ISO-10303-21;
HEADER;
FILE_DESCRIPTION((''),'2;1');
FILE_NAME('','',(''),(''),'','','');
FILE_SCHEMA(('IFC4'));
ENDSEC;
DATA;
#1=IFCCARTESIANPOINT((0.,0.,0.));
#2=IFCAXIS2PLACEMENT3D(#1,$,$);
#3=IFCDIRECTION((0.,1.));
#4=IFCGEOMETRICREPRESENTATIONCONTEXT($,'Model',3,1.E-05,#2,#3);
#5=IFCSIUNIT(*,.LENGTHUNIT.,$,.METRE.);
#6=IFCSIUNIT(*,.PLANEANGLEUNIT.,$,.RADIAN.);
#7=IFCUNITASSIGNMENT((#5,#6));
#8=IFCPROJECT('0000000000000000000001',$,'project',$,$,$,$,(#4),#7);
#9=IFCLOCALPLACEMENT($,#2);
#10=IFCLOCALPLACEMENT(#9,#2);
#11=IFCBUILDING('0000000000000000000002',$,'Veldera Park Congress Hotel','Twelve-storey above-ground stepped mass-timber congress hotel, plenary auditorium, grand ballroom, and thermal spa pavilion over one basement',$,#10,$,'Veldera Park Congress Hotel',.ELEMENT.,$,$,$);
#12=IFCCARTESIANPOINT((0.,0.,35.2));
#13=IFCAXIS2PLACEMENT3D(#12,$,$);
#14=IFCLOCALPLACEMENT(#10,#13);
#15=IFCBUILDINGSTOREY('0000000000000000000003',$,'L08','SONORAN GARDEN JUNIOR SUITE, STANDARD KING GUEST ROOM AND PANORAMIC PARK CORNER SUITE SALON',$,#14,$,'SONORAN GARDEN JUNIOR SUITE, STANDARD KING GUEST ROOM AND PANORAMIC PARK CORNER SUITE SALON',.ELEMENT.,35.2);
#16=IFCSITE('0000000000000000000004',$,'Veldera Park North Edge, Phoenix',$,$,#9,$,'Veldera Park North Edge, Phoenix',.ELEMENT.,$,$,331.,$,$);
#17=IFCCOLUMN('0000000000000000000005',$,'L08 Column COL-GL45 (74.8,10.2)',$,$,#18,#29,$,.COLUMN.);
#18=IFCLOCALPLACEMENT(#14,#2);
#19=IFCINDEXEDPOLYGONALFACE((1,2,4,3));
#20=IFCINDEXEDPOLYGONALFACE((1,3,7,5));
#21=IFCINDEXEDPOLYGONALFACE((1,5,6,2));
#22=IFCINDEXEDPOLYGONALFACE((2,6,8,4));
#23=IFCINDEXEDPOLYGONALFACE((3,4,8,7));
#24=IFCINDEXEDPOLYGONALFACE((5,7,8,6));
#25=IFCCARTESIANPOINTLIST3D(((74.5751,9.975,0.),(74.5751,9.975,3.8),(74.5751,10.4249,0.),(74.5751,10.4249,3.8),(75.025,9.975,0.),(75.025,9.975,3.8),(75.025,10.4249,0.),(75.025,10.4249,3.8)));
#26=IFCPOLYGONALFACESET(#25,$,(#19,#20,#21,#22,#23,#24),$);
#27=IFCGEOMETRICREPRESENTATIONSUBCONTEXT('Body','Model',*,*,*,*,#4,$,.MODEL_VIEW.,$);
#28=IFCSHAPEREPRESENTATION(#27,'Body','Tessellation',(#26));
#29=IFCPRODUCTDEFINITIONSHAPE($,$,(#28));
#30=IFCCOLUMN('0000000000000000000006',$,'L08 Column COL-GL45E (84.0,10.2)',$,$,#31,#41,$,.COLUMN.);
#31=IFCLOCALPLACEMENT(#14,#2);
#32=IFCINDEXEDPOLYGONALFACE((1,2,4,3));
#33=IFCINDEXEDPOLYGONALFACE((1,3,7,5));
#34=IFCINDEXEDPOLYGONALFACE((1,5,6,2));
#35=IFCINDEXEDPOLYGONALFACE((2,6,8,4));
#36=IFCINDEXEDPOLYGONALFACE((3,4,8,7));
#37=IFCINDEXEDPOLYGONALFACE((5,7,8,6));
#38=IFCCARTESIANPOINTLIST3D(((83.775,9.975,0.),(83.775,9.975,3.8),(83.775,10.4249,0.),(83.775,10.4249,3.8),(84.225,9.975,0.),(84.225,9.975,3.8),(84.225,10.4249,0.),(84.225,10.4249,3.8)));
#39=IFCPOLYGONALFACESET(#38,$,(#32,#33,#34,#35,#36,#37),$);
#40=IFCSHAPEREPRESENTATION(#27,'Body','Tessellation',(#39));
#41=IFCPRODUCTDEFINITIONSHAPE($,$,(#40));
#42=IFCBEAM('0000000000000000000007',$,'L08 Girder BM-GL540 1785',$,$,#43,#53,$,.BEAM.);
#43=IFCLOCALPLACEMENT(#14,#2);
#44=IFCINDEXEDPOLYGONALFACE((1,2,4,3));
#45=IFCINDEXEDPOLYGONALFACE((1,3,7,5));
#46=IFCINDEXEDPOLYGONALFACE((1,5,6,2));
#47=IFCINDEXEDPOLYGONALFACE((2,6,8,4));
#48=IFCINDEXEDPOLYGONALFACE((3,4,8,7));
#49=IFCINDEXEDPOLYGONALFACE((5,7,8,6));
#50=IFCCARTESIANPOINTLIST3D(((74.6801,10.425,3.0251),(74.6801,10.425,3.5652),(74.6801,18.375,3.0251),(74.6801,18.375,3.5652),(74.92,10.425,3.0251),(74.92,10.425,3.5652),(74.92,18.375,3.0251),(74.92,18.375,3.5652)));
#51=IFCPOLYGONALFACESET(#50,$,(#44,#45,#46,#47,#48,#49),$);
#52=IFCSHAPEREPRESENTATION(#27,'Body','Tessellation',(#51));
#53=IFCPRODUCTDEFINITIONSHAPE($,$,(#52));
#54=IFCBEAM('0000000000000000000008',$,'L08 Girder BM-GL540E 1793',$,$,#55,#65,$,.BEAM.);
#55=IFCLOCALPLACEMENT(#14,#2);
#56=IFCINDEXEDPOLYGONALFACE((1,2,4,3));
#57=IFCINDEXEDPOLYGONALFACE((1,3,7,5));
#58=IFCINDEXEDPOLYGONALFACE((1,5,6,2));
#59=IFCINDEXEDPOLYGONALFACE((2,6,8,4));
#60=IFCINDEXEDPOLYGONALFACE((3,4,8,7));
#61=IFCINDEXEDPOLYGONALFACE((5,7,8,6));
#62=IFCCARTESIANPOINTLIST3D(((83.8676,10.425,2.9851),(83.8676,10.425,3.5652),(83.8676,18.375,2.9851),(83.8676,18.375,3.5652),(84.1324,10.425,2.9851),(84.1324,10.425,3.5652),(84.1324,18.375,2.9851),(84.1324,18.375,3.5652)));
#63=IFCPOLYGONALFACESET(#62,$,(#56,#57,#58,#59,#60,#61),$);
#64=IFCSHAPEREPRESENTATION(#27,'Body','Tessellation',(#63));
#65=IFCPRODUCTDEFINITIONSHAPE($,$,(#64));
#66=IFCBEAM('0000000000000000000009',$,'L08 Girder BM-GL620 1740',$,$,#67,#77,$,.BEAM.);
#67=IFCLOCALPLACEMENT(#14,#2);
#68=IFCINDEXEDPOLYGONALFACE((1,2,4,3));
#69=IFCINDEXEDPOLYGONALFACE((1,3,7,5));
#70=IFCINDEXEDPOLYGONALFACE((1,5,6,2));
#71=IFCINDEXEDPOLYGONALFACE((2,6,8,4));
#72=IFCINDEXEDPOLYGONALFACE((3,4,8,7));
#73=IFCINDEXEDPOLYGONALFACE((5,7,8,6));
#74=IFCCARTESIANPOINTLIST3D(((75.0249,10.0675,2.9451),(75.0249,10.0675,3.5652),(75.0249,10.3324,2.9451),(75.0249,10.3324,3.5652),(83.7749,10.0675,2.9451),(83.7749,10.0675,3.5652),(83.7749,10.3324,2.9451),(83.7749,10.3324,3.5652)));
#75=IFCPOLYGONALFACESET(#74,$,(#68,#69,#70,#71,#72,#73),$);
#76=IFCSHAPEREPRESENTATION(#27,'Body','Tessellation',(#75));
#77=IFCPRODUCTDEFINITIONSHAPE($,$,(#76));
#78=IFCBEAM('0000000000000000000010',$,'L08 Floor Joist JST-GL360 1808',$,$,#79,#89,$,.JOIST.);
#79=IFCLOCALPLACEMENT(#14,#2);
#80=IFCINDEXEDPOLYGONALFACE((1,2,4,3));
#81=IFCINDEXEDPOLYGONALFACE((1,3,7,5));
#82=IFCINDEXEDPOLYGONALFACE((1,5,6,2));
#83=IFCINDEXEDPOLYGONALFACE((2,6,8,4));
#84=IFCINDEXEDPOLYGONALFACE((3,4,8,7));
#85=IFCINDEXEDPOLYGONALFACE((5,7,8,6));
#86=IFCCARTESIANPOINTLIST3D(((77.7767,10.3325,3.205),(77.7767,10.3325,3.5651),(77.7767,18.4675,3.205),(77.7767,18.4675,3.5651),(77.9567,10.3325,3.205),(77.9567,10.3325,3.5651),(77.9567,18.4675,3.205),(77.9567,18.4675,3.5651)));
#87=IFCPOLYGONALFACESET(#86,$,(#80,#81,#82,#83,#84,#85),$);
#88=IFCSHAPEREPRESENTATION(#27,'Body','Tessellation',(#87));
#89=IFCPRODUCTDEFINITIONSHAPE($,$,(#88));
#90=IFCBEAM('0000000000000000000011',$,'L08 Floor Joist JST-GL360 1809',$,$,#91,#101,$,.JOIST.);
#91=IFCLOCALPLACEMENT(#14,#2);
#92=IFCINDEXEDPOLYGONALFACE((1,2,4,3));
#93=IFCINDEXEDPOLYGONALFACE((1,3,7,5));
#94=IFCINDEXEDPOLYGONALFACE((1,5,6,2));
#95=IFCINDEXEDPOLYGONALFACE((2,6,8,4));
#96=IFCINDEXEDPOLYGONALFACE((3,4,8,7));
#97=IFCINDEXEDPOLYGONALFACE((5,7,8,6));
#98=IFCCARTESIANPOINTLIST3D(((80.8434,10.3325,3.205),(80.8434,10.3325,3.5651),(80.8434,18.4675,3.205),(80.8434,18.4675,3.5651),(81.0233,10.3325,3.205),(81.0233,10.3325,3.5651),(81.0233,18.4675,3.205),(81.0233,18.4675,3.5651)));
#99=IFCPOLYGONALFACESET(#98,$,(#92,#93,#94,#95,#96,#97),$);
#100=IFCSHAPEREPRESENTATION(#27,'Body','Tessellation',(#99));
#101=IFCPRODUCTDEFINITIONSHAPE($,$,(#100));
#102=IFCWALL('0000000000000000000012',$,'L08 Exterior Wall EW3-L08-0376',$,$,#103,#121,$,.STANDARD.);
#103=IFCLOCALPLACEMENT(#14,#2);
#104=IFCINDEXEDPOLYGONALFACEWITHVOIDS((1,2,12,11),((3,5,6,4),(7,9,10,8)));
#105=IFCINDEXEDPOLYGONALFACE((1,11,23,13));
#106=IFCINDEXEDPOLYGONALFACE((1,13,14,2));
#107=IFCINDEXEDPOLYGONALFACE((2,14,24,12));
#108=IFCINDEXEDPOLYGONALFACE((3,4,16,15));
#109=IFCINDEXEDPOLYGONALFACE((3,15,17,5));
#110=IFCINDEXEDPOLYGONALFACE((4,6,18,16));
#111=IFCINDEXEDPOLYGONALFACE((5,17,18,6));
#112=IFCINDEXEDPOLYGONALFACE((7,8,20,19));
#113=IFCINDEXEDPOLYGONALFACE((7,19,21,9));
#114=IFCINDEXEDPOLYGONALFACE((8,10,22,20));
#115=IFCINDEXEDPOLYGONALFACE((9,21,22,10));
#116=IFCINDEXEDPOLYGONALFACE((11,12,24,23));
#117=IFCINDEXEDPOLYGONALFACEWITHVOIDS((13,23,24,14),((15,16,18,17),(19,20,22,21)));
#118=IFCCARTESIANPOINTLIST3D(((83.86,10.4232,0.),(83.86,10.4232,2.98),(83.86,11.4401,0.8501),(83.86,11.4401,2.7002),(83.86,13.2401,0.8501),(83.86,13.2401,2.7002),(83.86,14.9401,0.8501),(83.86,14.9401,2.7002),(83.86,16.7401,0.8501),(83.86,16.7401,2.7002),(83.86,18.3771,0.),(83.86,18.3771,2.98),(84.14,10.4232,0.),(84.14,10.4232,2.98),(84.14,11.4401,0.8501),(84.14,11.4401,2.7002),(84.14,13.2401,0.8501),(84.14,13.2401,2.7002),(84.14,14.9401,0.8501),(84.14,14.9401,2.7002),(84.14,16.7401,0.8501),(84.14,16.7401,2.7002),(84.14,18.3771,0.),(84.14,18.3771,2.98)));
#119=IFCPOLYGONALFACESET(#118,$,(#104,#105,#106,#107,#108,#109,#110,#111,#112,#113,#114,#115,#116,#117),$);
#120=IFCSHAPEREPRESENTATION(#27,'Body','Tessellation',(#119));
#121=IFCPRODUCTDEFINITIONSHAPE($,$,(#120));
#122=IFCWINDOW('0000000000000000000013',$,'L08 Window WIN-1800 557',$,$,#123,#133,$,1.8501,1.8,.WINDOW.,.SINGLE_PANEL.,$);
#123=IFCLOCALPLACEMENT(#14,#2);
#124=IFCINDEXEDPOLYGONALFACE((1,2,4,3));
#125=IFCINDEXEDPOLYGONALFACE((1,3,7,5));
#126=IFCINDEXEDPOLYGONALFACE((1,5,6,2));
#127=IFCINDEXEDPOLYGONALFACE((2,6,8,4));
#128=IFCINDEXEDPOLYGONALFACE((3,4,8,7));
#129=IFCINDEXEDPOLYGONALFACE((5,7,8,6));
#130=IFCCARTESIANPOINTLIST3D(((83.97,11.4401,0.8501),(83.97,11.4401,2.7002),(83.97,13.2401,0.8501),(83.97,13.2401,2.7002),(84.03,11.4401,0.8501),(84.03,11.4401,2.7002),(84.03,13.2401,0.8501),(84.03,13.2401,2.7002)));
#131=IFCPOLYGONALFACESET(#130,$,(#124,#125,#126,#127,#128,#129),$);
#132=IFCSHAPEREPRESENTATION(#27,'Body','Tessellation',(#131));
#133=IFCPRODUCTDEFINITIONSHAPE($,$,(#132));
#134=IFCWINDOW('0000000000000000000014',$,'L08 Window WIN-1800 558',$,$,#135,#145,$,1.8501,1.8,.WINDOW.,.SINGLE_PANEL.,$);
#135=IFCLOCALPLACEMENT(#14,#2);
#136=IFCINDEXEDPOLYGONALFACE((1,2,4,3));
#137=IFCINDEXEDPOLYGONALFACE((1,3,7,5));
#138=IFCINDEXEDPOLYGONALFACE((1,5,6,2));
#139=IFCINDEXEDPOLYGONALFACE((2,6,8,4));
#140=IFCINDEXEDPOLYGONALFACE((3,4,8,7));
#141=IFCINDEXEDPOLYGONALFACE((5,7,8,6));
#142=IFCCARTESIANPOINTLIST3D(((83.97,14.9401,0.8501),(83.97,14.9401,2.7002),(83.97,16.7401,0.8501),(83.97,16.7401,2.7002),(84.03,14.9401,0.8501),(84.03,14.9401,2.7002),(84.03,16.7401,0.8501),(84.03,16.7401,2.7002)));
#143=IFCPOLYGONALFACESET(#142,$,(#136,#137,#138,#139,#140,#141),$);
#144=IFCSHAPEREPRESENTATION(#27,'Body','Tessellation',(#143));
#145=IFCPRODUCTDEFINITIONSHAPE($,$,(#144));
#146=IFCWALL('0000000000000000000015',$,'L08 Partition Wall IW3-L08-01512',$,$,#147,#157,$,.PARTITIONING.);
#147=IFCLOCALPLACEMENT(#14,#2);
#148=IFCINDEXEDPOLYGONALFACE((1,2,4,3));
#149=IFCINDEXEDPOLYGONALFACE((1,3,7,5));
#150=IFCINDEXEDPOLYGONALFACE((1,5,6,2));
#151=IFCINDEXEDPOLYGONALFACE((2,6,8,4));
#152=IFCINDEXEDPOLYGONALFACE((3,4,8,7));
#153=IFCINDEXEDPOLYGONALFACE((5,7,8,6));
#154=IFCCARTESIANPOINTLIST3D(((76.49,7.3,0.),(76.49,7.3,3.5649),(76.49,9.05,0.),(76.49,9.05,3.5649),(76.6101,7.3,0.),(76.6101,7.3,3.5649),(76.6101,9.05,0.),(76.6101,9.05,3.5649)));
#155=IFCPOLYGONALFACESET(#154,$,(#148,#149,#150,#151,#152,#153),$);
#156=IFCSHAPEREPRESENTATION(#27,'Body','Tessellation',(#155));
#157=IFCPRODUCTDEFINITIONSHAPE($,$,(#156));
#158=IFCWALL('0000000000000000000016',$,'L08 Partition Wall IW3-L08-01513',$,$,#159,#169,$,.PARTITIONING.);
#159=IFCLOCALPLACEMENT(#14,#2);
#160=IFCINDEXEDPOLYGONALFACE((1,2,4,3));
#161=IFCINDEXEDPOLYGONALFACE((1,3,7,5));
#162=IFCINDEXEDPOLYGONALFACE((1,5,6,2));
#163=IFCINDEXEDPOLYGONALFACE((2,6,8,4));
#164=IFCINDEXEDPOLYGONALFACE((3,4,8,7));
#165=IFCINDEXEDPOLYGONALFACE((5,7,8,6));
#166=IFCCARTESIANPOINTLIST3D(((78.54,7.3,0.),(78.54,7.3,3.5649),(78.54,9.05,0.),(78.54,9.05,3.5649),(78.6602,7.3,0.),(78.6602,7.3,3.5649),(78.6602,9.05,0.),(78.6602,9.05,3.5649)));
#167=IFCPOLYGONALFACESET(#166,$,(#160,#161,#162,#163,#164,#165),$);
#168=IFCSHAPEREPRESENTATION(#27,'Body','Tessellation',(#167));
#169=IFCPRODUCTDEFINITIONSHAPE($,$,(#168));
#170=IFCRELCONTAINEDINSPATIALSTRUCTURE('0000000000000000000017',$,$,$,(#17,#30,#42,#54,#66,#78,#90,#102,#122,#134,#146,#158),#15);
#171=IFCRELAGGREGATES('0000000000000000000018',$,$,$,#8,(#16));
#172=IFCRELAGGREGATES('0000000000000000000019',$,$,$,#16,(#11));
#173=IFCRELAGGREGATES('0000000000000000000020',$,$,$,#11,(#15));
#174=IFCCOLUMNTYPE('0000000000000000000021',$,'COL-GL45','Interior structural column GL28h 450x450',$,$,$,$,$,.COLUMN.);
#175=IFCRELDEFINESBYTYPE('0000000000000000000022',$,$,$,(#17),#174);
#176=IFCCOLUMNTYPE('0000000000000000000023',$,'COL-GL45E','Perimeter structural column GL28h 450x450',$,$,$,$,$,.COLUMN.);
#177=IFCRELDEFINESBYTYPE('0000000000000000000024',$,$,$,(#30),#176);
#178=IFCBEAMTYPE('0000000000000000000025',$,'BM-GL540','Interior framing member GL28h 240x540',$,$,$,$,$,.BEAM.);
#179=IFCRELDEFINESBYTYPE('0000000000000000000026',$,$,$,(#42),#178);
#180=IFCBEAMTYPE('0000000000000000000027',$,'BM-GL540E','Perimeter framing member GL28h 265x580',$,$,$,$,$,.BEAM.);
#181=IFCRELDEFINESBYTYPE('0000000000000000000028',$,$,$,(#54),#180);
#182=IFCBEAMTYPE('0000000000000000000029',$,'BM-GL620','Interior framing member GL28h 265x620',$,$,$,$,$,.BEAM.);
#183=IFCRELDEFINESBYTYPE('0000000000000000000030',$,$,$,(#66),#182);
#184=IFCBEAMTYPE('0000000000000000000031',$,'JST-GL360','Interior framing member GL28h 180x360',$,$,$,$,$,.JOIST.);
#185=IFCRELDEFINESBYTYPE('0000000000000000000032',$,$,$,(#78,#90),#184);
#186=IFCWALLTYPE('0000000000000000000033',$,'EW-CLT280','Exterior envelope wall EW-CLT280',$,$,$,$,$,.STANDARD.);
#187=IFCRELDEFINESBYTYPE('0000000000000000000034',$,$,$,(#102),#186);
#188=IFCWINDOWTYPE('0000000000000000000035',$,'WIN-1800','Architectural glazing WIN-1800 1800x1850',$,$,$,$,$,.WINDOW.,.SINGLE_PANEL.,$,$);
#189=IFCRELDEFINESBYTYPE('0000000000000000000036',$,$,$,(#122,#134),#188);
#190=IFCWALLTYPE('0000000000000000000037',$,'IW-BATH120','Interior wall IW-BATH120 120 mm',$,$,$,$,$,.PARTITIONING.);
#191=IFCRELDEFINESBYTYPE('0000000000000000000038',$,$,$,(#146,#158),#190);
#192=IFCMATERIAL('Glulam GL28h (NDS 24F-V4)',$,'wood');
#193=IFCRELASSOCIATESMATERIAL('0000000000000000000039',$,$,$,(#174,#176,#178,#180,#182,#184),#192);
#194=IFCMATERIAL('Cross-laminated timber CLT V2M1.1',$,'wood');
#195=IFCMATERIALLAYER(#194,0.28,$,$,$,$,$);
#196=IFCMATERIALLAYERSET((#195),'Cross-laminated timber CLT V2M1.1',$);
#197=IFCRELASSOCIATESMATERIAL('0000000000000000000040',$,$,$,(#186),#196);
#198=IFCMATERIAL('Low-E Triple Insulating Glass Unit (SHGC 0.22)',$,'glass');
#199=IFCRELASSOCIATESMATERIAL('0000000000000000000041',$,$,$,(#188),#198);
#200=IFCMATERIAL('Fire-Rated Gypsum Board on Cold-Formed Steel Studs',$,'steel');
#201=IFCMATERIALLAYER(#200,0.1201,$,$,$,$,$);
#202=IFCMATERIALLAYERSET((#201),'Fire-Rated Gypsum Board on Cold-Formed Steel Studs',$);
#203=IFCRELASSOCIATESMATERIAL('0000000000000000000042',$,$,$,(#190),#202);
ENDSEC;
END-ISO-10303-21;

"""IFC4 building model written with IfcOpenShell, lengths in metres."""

from ifc_helpers import new_model, si_unit, direction, frame, frame_2d, origin, origin_2d, place, context, subcontext, project, spatial, rectangle, extrude, material, layer, layer_set, material_profile, profile_set, type_object, element, fill, save


model = new_model("IFC4")

# Units and contexts
model_context = context("Model", 3, precision=1e-05, world=origin(), true_north=direction((0.0, 1.0)))
body_context = subcontext(model_context, "Body", "Model", "MODEL_VIEW")
ifc_project = project(units=[si_unit("LENGTHUNIT", "METRE"), si_unit("PLANEANGLEUNIT", "RADIAN")], contexts=[model_context])

# Site, building, storey
site_placement = place(None, origin())
site = spatial("IfcSite", under=ifc_project, at=site_placement, Name="Veldera Park North Edge, Phoenix", LongName="Veldera Park North Edge, Phoenix", CompositionType="ELEMENT", RefElevation=331.0)
building_placement = place(site_placement, origin())
building = spatial("IfcBuilding", under=site, at=building_placement, Name="Veldera Park Congress Hotel", Description="Twelve-storey above-ground stepped mass-timber congress hotel, plenary auditorium, grand ballroom, and thermal spa pavilion over one basement", LongName="Veldera Park Congress Hotel", CompositionType="ELEMENT")
storey_placement = place(building_placement, frame((0.0, 0.0, 35.2)))
storey = spatial("IfcBuildingStorey", under=building, at=storey_placement, Name="L08", Description="SONORAN GARDEN JUNIOR SUITE, STANDARD KING GUEST ROOM AND PANORAMIC PARK CORNER SUITE SALON", LongName="SONORAN GARDEN JUNIOR SUITE, STANDARD KING GUEST ROOM AND PANORAMIC PARK CORNER SUITE SALON", CompositionType="ELEMENT", Elevation=35.2)

# Columns
ifc_material_1 = material(Name="Glulam GL28h (NDS 24F-V4)", Category="wood")
ifc_material_profile_1 = material_profile(ifc_material_1, rectangle(XDim=0.45, YDim=0.45, at=origin_2d()), Name="GL28h 450x450")
ifc_profile_set_1 = profile_set([ifc_material_profile_1], Name="Glulam GL28h (NDS 24F-V4)")
column_type_1 = type_object("IfcColumnType", Name="COL-GL45", Description="Interior structural column GL28h 450x450", PredefinedType="COLUMN", material=ifc_profile_set_1)
column_1_placement = place(storey_placement, frame((74.8, 10.2, 0.0), z_axis=(0.0, 0.0, 1.0), x_axis=(1.0, 0.0, 0.0)))
element("IfcColumn", 1, at=column_1_placement, inside=storey, type_object=column_type_1, Name="L08 Column COL-GL45 (74.8,10.2)", PredefinedType="COLUMN", context=body_context, shape_type="SweptSolid", body=[
    extrude(rectangle(XDim=0.45, YDim=0.45, at=origin_2d()), origin(), (0.0, 0.0, 1.0), 3.8),
])
ifc_material_profile_2 = material_profile(ifc_material_1, rectangle(XDim=0.45, YDim=0.45, at=origin_2d()), Name="GL28h 450x450")
ifc_profile_set_2 = profile_set([ifc_material_profile_2], Name="Glulam GL28h (NDS 24F-V4)")
column_type_2 = type_object("IfcColumnType", Name="COL-GL45E", Description="Perimeter structural column GL28h 450x450", PredefinedType="COLUMN", material=ifc_profile_set_2)
column_2_placement = place(storey_placement, frame((84.0, 10.2, 0.0), z_axis=(0.0, 0.0, 1.0), x_axis=(1.0, 0.0, 0.0)))
element("IfcColumn", 2, at=column_2_placement, inside=storey, type_object=column_type_2, Name="L08 Column COL-GL45E (84.0,10.2)", PredefinedType="COLUMN", context=body_context, shape_type="SweptSolid", body=[
    extrude(rectangle(XDim=0.45, YDim=0.45, at=origin_2d()), origin(), (0.0, 0.0, 1.0), 3.8),
])

# Beams
ifc_material_profile_3 = material_profile(ifc_material_1, rectangle(XDim=0.24, YDim=0.54, at=origin_2d()), Name="GL28h 240x540")
ifc_profile_set_3 = profile_set([ifc_material_profile_3], Name="Glulam GL28h (NDS 24F-V4)")
beam_type_1 = type_object("IfcBeamType", Name="BM-GL540", Description="Interior framing member GL28h 240x540", PredefinedType="BEAM", material=ifc_profile_set_3)
beam_1_placement = place(storey_placement, frame((74.8, 10.425, 3.2952), z_axis=(0.0, 1.0, 0.0), x_axis=(-1.0, 0.0, 0.0)))
element("IfcBeam", 3, at=beam_1_placement, inside=storey, type_object=beam_type_1, Name="L08 Girder BM-GL540 1785", PredefinedType="BEAM", context=body_context, shape_type="SweptSolid", body=[
    extrude(rectangle(XDim=0.24, YDim=0.54, at=origin_2d()), origin(), (0.0, 0.0, 1.0), 7.95),
])
ifc_material_profile_4 = material_profile(ifc_material_1, rectangle(XDim=0.2649, YDim=0.5801, at=origin_2d()), Name="GL28h 265x580")
ifc_profile_set_4 = profile_set([ifc_material_profile_4], Name="Glulam GL28h (NDS 24F-V4)")
beam_type_2 = type_object("IfcBeamType", Name="BM-GL540E", Description="Perimeter framing member GL28h 265x580", PredefinedType="BEAM", material=ifc_profile_set_4)
beam_2_placement = place(storey_placement, frame((84.0, 10.425, 3.2751), z_axis=(0.0, 1.0, 0.0), x_axis=(-1.0, 0.0, 0.0)))
element("IfcBeam", 4, at=beam_2_placement, inside=storey, type_object=beam_type_2, Name="L08 Girder BM-GL540E 1793", PredefinedType="BEAM", context=body_context, shape_type="SweptSolid", body=[
    extrude(rectangle(XDim=0.2649, YDim=0.5801, at=origin_2d()), origin(), (0.0, 0.0, 1.0), 7.95),
])
ifc_material_profile_5 = material_profile(ifc_material_1, rectangle(XDim=0.2649, YDim=0.6201, at=origin_2d()), Name="GL28h 265x620")
ifc_profile_set_5 = profile_set([ifc_material_profile_5], Name="Glulam GL28h (NDS 24F-V4)")
beam_type_3 = type_object("IfcBeamType", Name="BM-GL620", Description="Interior framing member GL28h 265x620", PredefinedType="BEAM", material=ifc_profile_set_5)
beam_3_placement = place(storey_placement, frame((75.0249, 10.2, 3.2551), z_axis=(1.0, 0.0, 0.0), x_axis=(0.0, 1.0, 0.0)))
element("IfcBeam", 5, at=beam_3_placement, inside=storey, type_object=beam_type_3, Name="L08 Girder BM-GL620 1740", PredefinedType="BEAM", context=body_context, shape_type="SweptSolid", body=[
    extrude(rectangle(XDim=0.2649, YDim=0.6201, at=origin_2d()), origin(), (0.0, 0.0, 1.0), 8.75),
])
ifc_material_profile_6 = material_profile(ifc_material_1, rectangle(XDim=0.1799, YDim=0.3601, at=origin_2d()), Name="GL28h 180x360")
ifc_profile_set_6 = profile_set([ifc_material_profile_6], Name="Glulam GL28h (NDS 24F-V4)")
beam_type_4 = type_object("IfcBeamType", Name="JST-GL360", Description="Interior framing member GL28h 180x360", PredefinedType="JOIST", material=ifc_profile_set_6)
for number, where, z_axis, x_axis, name in (
    (6, (77.8667, 10.3325, 3.385), (0.0, 1.0, 0.0), (-1.0, 0.0, 0.0), "L08 Floor Joist JST-GL360 1808"),
    (7, (80.9333, 10.3325, 3.385), (0.0, 1.0, 0.0), (-1.0, 0.0, 0.0), "L08 Floor Joist JST-GL360 1809"),
):
    element("IfcBeam", number, at=place(storey_placement, frame(where, z_axis=z_axis, x_axis=x_axis)), inside=storey, type_object=beam_type_4, Name=name, PredefinedType="JOIST", context=body_context, shape_type="SweptSolid", body=[
        extrude(rectangle(XDim=0.1799, YDim=0.3601, at=origin_2d()), origin(), (0.0, 0.0, 1.0), 8.135),
    ])

# Wall, openings, windows
ifc_material_2 = material(Name="Cross-laminated timber CLT V2M1.1", Category="wood")
ifc_layer_1 = layer(ifc_material_2, 0.28)
ifc_layer_set_1 = layer_set([ifc_layer_1], Name="Cross-laminated timber CLT V2M1.1")
wall_type_1 = type_object("IfcWallType", Name="EW-CLT280", Description="Exterior envelope wall EW-CLT280", PredefinedType="STANDARD", material=ifc_layer_set_1)
wall_1_placement = place(storey_placement, frame((84.0, 10.4231, 0.0), z_axis=(0.0, 0.0, 1.0), x_axis=(0.0, 1.0, 0.0)))
wall_1 = element("IfcWall", 8, at=wall_1_placement, inside=storey, type_object=wall_type_1, Name="L08 Exterior Wall EW3-L08-0376", PredefinedType="STANDARD", context=body_context, shape_type="SweptSolid", body=[
    extrude(rectangle(XDim=7.9539, YDim=0.28, at=frame_2d((3.9771, 0.0))), origin(), (0.0, 0.0, 1.0), 2.98),
])
opening_1_placement = place(wall_1_placement, frame((1.0171, 0.0, 0.8501)))
opening_1 = element("IfcOpeningElement", 9, at=opening_1_placement, cuts=wall_1, PredefinedType="OPENING", context=body_context, shape_type="SweptSolid", body=[
    extrude(rectangle(XDim=1.8, YDim=1.8501, at=frame_2d((0.8999, 0.925))), frame((0.0, 0.1521, 0.0), z_axis=(0.0, -1.0, 0.0), x_axis=(1.0, 0.0, 0.0)), (0.0, 0.0, 1.0), 0.304),
])
opening_2_placement = place(wall_1_placement, frame((4.5171, 0.0, 0.8501)))
opening_2 = element("IfcOpeningElement", 10, at=opening_2_placement, cuts=wall_1, PredefinedType="OPENING", context=body_context, shape_type="SweptSolid", body=[
    extrude(rectangle(XDim=1.8, YDim=1.8501, at=frame_2d((0.8999, 0.925))), frame((0.0, 0.1521, 0.0), z_axis=(0.0, -1.0, 0.0), x_axis=(1.0, 0.0, 0.0)), (0.0, 0.0, 1.0), 0.304),
])
ifc_material_3 = material(Name="Low-E Triple Insulating Glass Unit (SHGC 0.22)", Category="glass")
window_type = type_object("IfcWindowType", Name="WIN-1800", Description="Architectural glazing WIN-1800 1800x1850", PartitioningType="SINGLE_PANEL", PredefinedType="WINDOW", material=ifc_material_3)
window_1_placement = place(opening_1_placement, origin())
window_1 = element("IfcWindow", 11, at=window_1_placement, inside=storey, type_object=window_type, Name="L08 Window WIN-1800 557", OverallHeight=1.8501, OverallWidth=1.8, PartitioningType="SINGLE_PANEL", PredefinedType="WINDOW", context=body_context, shape_type="SweptSolid", body=[
    extrude(rectangle(XDim=1.8, YDim=1.8501, at=frame_2d((0.8999, 0.925))), frame((0.0, 0.03, 0.0), z_axis=(0.0, -1.0, 0.0), x_axis=(1.0, 0.0, 0.0)), (0.0, 0.0, 1.0), 0.0601),
])
fill(opening_1, window_1)
window_2_placement = place(opening_2_placement, origin())
window_2 = element("IfcWindow", 12, at=window_2_placement, inside=storey, type_object=window_type, Name="L08 Window WIN-1800 558", OverallHeight=1.8501, OverallWidth=1.8, PartitioningType="SINGLE_PANEL", PredefinedType="WINDOW", context=body_context, shape_type="SweptSolid", body=[
    extrude(rectangle(XDim=1.8, YDim=1.8501, at=frame_2d((0.8999, 0.925))), frame((0.0, 0.03, 0.0), z_axis=(0.0, -1.0, 0.0), x_axis=(1.0, 0.0, 0.0)), (0.0, 0.0, 1.0), 0.0601),
])
fill(opening_2, window_2)

# Shared definitions
ifc_material_4 = material(Name="Fire-Rated Gypsum Board on Cold-Formed Steel Studs", Category="steel")
ifc_layer_2 = layer(ifc_material_4, 0.1201)
ifc_layer_set_2 = layer_set([ifc_layer_2], Name="Fire-Rated Gypsum Board on Cold-Formed Steel Studs")
wall_type_2 = type_object("IfcWallType", Name="IW-BATH120", Description="Interior wall IW-BATH120 120 mm", PredefinedType="PARTITIONING", material=ifc_layer_set_2)

# Walls
for number, where, z_axis, x_axis, name in (
    (13, (76.55, 7.3, 0.0), (0.0, 0.0, 1.0), (0.0, 1.0, 0.0), "L08 Partition Wall IW3-L08-01512"),
    (14, (78.6001, 7.3, 0.0), (0.0, 0.0, 1.0), (0.0, 1.0, 0.0), "L08 Partition Wall IW3-L08-01513"),
):
    element("IfcWall", number, at=place(storey_placement, frame(where, z_axis=z_axis, x_axis=x_axis)), inside=storey, type_object=wall_type_2, Name=name, PredefinedType="PARTITIONING", context=body_context, shape_type="SweptSolid", body=[
        extrude(rectangle(XDim=1.75, YDim=0.1201, at=frame_2d((0.875, 0.0))), origin(), (0.0, 0.0, 1.0), 3.5649),
    ])

save(model, "model.ifc")
